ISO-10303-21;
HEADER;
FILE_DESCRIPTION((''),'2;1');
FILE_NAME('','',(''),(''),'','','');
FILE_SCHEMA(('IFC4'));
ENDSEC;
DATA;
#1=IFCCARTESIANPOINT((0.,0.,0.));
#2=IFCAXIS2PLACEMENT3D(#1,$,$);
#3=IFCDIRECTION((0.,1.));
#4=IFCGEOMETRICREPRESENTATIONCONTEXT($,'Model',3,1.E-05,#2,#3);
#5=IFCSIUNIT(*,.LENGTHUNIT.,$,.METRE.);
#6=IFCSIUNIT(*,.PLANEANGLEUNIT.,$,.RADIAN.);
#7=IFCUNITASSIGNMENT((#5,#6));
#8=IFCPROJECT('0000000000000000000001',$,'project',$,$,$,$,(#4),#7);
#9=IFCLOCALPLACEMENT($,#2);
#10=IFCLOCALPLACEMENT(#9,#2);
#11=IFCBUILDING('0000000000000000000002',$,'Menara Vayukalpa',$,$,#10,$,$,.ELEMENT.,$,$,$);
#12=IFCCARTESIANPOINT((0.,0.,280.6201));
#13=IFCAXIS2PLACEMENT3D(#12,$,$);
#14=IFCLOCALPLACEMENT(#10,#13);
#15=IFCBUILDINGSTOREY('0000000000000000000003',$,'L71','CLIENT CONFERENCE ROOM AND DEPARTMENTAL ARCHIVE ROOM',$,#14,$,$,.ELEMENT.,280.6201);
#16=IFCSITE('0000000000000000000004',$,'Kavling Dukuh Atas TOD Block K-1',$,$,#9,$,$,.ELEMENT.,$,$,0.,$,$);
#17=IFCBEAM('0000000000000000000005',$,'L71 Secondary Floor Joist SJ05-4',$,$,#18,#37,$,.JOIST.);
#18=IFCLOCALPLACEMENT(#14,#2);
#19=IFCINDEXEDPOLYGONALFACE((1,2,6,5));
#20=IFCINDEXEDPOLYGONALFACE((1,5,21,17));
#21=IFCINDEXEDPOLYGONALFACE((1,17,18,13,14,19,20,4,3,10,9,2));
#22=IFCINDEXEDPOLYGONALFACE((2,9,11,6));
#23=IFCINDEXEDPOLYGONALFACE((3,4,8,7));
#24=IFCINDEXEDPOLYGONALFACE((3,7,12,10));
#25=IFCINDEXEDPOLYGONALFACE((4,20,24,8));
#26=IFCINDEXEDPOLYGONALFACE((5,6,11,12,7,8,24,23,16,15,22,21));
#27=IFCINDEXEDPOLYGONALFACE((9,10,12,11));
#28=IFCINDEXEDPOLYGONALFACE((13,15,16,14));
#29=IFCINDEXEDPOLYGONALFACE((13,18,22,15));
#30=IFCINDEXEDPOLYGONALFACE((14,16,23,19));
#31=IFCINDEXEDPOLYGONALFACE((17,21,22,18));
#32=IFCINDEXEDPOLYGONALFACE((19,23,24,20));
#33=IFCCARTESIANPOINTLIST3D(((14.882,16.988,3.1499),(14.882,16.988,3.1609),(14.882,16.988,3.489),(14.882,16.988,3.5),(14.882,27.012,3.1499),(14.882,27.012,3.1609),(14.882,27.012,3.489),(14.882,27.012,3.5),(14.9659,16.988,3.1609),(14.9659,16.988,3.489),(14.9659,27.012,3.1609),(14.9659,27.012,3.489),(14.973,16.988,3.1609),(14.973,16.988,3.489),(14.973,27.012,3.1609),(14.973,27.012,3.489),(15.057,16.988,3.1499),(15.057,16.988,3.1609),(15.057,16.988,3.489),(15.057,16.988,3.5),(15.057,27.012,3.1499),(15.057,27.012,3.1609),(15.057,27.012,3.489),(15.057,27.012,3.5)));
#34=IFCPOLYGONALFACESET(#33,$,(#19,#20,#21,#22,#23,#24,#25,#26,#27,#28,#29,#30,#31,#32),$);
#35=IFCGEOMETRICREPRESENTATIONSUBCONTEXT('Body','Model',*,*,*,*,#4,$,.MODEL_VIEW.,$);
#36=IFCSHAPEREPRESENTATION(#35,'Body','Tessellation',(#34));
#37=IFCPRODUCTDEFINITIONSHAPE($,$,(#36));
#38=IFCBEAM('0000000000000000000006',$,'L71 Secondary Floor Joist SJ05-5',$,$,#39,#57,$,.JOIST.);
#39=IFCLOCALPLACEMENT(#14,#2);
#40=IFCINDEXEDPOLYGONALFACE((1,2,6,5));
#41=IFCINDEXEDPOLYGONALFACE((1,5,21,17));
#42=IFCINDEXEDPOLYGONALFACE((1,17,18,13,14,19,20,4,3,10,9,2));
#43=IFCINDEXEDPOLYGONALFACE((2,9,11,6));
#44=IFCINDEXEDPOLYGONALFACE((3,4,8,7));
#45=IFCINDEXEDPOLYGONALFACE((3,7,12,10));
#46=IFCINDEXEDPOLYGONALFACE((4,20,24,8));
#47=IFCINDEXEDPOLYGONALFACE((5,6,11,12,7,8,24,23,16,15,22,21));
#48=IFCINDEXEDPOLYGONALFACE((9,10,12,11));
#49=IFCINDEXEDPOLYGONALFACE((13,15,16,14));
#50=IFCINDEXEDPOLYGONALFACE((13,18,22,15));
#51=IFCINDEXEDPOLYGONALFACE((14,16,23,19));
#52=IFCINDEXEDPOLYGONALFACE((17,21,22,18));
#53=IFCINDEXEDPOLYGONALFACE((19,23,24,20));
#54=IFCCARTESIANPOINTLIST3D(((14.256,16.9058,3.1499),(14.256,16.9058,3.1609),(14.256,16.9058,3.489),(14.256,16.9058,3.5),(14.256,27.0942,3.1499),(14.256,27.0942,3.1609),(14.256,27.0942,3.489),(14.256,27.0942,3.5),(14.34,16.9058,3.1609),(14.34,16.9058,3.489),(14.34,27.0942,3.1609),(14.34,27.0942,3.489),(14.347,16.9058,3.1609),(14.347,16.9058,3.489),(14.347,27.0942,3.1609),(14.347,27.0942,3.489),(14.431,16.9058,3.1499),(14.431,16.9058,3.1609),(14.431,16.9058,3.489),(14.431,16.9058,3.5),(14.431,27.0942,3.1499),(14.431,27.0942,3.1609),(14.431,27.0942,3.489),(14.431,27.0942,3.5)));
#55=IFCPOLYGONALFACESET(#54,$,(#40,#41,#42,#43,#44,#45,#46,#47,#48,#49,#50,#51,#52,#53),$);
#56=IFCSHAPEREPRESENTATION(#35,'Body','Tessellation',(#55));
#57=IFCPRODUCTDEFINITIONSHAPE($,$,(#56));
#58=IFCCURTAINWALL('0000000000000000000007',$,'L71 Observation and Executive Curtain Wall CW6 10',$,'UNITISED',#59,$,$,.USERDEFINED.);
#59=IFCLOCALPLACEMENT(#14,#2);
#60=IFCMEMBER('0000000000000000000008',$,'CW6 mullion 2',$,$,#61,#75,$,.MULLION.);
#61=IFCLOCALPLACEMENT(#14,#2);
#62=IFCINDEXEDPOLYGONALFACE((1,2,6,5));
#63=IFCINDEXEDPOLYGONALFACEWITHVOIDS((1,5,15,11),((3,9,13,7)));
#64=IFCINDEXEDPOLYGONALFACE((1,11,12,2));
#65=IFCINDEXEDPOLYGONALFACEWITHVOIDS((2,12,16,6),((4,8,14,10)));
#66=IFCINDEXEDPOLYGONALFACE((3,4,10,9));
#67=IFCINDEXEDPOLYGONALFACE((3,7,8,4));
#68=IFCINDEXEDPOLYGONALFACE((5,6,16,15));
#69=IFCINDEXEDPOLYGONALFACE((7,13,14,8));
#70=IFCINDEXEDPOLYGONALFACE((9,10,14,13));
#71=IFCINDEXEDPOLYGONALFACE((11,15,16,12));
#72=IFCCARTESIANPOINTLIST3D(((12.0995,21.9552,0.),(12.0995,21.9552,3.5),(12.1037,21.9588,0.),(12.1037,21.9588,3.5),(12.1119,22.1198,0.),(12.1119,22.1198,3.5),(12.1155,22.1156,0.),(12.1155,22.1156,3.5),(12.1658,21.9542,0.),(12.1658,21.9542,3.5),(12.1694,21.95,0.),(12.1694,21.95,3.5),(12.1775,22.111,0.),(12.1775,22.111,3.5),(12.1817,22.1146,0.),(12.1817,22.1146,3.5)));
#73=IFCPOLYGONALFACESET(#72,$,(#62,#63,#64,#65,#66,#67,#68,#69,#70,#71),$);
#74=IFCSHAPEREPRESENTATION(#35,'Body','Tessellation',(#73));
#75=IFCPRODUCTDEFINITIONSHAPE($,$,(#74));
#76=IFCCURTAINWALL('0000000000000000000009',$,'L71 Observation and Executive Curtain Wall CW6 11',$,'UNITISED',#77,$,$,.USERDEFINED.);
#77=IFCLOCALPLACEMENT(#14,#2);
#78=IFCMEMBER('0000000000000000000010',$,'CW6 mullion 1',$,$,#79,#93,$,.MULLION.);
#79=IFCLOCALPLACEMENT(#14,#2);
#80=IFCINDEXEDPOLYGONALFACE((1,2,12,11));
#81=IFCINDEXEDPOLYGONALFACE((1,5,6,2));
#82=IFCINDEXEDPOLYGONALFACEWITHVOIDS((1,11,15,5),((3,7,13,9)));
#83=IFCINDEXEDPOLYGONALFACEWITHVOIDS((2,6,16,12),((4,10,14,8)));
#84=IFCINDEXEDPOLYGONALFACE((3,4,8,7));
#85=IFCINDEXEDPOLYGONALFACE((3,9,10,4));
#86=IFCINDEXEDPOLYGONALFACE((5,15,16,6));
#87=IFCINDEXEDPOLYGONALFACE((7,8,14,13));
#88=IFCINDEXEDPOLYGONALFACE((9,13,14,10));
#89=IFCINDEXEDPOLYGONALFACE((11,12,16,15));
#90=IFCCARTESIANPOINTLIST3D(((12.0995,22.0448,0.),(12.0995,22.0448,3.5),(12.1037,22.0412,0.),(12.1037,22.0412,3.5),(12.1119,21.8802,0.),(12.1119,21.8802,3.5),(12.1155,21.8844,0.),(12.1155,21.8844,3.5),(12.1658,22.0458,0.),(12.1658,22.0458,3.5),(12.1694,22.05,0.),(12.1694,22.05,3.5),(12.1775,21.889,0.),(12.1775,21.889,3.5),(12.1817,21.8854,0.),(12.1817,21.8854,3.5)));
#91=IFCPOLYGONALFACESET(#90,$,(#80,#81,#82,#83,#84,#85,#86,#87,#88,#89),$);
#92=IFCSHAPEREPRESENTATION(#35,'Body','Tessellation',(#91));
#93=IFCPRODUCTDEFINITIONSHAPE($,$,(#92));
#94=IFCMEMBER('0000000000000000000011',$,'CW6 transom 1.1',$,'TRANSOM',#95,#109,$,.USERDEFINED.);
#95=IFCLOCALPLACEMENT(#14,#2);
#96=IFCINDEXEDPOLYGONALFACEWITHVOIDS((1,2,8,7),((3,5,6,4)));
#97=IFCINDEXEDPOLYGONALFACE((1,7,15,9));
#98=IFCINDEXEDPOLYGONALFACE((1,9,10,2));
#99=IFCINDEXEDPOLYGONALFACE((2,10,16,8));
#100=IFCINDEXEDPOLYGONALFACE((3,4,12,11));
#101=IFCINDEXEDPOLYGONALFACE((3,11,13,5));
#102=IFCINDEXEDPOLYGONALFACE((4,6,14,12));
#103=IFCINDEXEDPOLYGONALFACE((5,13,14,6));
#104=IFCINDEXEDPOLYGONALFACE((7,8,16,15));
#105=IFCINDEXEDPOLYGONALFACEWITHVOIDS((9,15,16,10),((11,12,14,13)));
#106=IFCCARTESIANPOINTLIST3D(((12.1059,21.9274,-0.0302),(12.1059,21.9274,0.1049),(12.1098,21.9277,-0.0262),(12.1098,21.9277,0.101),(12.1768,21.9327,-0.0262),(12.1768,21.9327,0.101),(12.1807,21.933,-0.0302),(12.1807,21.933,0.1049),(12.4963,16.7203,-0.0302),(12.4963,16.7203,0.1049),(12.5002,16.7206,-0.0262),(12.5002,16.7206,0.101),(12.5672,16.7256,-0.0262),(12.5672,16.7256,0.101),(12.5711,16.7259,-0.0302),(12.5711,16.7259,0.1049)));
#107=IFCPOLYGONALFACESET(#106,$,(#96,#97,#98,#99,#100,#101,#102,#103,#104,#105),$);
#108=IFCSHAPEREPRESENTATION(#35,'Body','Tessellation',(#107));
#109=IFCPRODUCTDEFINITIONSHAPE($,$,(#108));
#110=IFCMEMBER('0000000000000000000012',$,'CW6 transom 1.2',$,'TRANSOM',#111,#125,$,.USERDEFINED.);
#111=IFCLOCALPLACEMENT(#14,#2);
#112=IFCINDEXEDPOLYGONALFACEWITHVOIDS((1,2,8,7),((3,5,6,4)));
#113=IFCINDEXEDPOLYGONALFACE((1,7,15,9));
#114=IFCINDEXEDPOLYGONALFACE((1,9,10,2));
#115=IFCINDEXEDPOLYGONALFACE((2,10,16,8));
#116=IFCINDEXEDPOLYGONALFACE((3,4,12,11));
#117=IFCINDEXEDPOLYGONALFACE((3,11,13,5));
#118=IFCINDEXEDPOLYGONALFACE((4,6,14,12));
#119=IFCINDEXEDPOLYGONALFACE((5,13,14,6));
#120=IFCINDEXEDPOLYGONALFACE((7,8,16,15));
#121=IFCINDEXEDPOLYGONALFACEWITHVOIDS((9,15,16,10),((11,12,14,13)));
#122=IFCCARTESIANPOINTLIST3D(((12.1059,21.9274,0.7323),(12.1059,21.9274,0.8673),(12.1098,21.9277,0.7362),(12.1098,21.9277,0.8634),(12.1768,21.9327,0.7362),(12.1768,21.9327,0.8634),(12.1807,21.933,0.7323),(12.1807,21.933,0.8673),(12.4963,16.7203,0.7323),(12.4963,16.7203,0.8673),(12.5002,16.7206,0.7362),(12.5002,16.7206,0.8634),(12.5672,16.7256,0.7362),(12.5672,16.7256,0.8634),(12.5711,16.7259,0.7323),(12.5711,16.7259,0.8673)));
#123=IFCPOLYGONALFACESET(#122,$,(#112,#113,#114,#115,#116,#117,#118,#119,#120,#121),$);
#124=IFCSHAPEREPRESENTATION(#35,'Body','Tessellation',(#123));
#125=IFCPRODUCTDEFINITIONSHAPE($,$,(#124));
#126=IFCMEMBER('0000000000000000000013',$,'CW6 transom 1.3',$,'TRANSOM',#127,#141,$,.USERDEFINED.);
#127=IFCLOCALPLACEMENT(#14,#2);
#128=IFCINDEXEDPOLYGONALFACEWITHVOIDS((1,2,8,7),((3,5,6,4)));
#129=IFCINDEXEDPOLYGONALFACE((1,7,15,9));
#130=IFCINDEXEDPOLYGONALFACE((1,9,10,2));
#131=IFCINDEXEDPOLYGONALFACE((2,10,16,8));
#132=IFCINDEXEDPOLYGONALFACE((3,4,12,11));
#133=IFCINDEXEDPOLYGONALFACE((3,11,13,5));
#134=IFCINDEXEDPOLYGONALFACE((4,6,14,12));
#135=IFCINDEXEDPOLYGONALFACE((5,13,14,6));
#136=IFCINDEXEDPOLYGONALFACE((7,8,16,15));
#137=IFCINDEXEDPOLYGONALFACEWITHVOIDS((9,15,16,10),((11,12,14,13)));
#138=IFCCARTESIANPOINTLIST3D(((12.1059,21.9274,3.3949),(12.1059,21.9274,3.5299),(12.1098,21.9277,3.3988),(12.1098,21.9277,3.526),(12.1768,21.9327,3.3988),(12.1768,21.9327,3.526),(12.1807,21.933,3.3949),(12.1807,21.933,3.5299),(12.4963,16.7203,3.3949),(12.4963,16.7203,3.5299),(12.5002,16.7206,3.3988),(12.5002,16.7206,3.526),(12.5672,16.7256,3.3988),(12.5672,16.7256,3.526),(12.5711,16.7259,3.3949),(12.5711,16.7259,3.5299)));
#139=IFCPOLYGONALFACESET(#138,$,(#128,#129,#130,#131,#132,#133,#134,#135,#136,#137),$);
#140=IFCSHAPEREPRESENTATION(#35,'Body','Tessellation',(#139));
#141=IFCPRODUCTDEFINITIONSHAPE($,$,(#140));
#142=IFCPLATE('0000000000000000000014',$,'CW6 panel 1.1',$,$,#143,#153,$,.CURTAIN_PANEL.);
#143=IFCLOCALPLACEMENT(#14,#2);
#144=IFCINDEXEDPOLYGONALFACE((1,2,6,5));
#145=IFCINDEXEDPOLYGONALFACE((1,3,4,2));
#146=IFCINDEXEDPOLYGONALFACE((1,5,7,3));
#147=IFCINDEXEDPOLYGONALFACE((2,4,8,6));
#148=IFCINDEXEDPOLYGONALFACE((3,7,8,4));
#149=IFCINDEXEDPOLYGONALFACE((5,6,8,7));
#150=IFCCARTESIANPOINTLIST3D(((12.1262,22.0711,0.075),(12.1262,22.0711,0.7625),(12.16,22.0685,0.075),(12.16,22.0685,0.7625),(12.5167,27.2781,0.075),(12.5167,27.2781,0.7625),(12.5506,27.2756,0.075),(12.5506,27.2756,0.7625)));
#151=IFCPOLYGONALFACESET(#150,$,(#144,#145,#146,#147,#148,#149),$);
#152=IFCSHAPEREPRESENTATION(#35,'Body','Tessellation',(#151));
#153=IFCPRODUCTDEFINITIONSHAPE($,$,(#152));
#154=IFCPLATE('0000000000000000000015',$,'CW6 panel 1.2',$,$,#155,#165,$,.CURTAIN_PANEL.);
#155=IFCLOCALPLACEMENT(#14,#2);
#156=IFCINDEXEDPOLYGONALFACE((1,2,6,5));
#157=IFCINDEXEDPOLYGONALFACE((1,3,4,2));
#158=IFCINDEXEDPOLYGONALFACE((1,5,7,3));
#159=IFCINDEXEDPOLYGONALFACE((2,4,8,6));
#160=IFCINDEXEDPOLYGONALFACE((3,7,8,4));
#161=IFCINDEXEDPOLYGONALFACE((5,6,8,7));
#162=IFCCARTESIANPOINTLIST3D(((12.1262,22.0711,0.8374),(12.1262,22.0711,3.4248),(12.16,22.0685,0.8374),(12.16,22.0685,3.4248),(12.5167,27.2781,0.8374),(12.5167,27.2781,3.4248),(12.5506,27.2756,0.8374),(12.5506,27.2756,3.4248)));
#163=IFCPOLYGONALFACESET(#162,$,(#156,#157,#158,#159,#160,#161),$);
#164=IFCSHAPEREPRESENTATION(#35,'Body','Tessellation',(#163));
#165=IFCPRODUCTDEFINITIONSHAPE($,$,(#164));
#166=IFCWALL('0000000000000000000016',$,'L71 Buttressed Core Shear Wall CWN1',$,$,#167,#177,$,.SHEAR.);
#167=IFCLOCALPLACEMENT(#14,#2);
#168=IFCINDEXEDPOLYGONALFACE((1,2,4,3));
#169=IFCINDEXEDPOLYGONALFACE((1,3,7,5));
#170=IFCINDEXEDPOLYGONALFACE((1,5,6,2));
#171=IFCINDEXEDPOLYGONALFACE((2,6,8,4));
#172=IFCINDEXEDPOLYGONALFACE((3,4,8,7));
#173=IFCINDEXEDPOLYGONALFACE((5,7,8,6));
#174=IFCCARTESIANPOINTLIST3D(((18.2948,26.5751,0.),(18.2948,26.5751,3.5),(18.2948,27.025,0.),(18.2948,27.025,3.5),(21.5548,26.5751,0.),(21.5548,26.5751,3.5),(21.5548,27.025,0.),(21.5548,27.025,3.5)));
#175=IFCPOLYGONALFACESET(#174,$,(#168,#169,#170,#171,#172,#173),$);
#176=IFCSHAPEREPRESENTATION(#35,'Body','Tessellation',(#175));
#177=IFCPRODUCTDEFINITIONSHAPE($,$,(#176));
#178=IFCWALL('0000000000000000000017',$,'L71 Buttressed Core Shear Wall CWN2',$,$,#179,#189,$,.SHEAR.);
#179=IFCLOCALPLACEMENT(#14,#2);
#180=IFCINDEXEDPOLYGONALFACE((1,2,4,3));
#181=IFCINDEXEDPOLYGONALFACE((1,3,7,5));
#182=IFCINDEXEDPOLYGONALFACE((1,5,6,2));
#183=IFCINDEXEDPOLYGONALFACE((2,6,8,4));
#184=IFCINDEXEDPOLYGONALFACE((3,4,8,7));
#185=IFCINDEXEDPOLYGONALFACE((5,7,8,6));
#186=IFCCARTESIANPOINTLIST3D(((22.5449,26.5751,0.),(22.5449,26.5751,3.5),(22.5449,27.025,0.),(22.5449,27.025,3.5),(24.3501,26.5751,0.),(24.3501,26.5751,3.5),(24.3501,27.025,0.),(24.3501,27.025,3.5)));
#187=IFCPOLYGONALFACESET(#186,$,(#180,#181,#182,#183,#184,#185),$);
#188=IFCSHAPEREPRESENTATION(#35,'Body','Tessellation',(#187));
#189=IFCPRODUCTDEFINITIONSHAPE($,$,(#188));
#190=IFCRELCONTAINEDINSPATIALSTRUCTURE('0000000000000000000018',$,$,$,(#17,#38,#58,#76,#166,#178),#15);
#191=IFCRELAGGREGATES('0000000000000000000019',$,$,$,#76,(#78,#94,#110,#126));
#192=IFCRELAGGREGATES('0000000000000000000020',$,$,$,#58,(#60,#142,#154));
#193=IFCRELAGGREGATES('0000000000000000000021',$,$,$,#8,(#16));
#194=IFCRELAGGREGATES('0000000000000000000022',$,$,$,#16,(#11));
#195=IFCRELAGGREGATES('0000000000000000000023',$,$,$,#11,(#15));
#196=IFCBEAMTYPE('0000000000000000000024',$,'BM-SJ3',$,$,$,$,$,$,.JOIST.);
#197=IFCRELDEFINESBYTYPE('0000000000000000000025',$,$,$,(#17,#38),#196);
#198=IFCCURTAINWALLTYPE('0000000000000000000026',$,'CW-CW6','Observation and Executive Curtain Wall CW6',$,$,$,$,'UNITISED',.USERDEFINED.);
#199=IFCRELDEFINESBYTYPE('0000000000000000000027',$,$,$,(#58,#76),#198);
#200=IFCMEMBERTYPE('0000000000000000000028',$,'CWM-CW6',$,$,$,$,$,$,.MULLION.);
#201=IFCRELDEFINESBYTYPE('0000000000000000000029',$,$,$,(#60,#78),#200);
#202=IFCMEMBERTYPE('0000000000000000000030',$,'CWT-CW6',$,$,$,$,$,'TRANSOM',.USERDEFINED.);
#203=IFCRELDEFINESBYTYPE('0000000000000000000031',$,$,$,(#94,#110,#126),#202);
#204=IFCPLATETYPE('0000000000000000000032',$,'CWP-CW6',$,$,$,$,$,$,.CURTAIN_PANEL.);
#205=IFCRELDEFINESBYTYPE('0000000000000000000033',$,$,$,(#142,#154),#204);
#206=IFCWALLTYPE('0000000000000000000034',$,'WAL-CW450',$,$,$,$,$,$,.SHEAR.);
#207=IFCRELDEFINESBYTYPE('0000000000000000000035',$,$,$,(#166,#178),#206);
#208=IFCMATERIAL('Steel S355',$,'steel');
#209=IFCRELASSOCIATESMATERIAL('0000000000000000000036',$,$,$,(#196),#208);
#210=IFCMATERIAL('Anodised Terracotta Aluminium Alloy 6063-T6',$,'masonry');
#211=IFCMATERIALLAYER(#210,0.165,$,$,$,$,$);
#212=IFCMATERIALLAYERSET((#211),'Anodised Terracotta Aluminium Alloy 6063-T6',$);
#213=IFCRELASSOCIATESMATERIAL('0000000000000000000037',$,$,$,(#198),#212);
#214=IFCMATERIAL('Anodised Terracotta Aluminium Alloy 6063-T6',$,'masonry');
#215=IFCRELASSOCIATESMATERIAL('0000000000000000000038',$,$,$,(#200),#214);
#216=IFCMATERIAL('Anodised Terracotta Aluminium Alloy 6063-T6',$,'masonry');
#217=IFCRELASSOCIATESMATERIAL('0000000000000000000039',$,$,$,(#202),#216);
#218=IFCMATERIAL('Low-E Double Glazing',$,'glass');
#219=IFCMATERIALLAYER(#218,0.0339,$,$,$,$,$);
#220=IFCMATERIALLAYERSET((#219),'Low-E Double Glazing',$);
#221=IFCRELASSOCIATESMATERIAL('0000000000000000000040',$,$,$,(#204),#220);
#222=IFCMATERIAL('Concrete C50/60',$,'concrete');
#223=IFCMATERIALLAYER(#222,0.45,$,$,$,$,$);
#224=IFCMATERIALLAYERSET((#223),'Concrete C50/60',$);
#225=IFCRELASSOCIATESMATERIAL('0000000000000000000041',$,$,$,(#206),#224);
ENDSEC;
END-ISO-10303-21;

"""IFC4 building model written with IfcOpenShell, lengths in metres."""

from ifc_helpers import new_model, si_unit, direction, frame, frame_2d, origin, origin_2d, place, context, subcontext, project, spatial, rectangle, hollow_rectangle, i_section, extrude, material, layer, layer_set, material_profile, profile_set, type_object, element, aggregate, save


model = new_model("IFC4")

# Units and contexts
model_context = context("Model", 3, precision=1e-05, world=origin(), true_north=direction((0.0, 1.0)))
body_context = subcontext(model_context, "Body", "Model", "MODEL_VIEW")
ifc_project = project(units=[si_unit("LENGTHUNIT", "METRE"), si_unit("PLANEANGLEUNIT", "RADIAN")], contexts=[model_context])

# Site, building, storey
site_placement = place(None, origin())
site = spatial("IfcSite", under=ifc_project, at=site_placement, Name="Kavling Dukuh Atas TOD Block K-1", CompositionType="ELEMENT", RefElevation=0.0)
building_placement = place(site_placement, origin())
building = spatial("IfcBuilding", under=site, at=building_placement, Name="Menara Vayukalpa", CompositionType="ELEMENT")
storey_placement = place(building_placement, frame((0.0, 0.0, 280.6201)))
storey = spatial("IfcBuildingStorey", under=building, at=storey_placement, Name="L71", Description="CLIENT CONFERENCE ROOM AND DEPARTMENTAL ARCHIVE ROOM", CompositionType="ELEMENT", Elevation=280.6201)

# Beams
ifc_material_1 = material(Name="Steel S355", Category="steel")
ifc_material_profile_1 = material_profile(ifc_material_1, i_section(OverallWidth=0.175, OverallDepth=0.3501, WebThickness=0.0071, FlangeThickness=0.011, at=origin_2d()), Name="WF 350x175x7x11")
ifc_profile_set_1 = profile_set([ifc_material_profile_1], Name="Steel S355")
beam_type_1 = type_object("IfcBeamType", Name="BM-SJ3", PredefinedType="JOIST", material=ifc_profile_set_1)
beam_1_placement = place(storey_placement, frame((14.9695, 27.012, 3.325), z_axis=(0.0, -1.0, 0.0), x_axis=(1.0, 0.0, 0.0)))
element("IfcBeam", 1, at=beam_1_placement, inside=storey, type_object=beam_type_1, Name="L71 Secondary Floor Joist SJ05-4", PredefinedType="JOIST", context=body_context, shape_type="SweptSolid", body=[
    extrude(i_section(OverallWidth=0.175, OverallDepth=0.3501, WebThickness=0.0071, FlangeThickness=0.011, at=origin_2d()), origin(), (0.0, 0.0, 1.0), 10.0239),
])
beam_2_placement = place(storey_placement, frame((14.3435, 27.0942, 3.325), z_axis=(0.0, -1.0, 0.0), x_axis=(1.0, 0.0, 0.0)))
element("IfcBeam", 2, at=beam_2_placement, inside=storey, type_object=beam_type_1, Name="L71 Secondary Floor Joist SJ05-5", PredefinedType="JOIST", context=body_context, shape_type="SweptSolid", body=[
    extrude(i_section(OverallWidth=0.175, OverallDepth=0.3501, WebThickness=0.0071, FlangeThickness=0.011, at=origin_2d()), origin(), (0.0, 0.0, 1.0), 10.1885),
])

# Curtain wall, member
ifc_material_2 = material(Name="Anodised Terracotta Aluminium Alloy 6063-T6", Category="masonry")
ifc_layer_1 = layer(ifc_material_2, 0.165)
ifc_layer_set_1 = layer_set([ifc_layer_1], Name="Anodised Terracotta Aluminium Alloy 6063-T6")
curtain_wall_type = type_object("IfcCurtainWallType", Name="CW-CW6", Description="Observation and Executive Curtain Wall CW6", ElementType="UNITISED", PredefinedType="USERDEFINED", material=ifc_layer_set_1)
curtain_wall_1_placement = place(storey_placement, origin())
curtain_wall_1 = element("IfcCurtainWall", 3, at=curtain_wall_1_placement, inside=storey, type_object=curtain_wall_type, Name="L71 Observation and Executive Curtain Wall CW6 10", ObjectType="UNITISED", PredefinedType="USERDEFINED")
ifc_material_3 = material(Name="Anodised Terracotta Aluminium Alloy 6063-T6", Category="masonry")
ifc_material_profile_2 = material_profile(ifc_material_3, hollow_rectangle(XDim=0.0701, YDim=0.165, WallThickness=0.0039, at=origin_2d()), Name="ALU 70x165x4")
ifc_profile_set_2 = profile_set([ifc_material_profile_2], Name="Anodised Terracotta Aluminium Alloy 6063-T6")
member_type_1 = type_object("IfcMemberType", Name="CWM-CW6", PredefinedType="MULLION", material=ifc_profile_set_2)
member_1_placement = place(storey_placement, frame((12.1406, 22.0349, 0.0), z_axis=(0.0, 0.0, 1.0), x_axis=(0.997199, -0.074789, 0.0)))
member_1 = element("IfcMember", 4, at=member_1_placement, type_object=member_type_1, Name="CW6 mullion 2", PredefinedType="MULLION", context=body_context, shape_type="SweptSolid", body=[
    extrude(hollow_rectangle(XDim=0.0701, YDim=0.165, WallThickness=0.0039, at=origin_2d()), origin(), (0.0, 0.0, 1.0), 3.5),
])

# Curtain wall, members
curtain_wall_2_placement = place(storey_placement, origin())
curtain_wall_2 = element("IfcCurtainWall", 5, at=curtain_wall_2_placement, inside=storey, type_object=curtain_wall_type, Name="L71 Observation and Executive Curtain Wall CW6 11", ObjectType="UNITISED", PredefinedType="USERDEFINED")
member_2_placement = place(storey_placement, frame((12.1406, 21.9651, 0.0), z_axis=(0.0, 0.0, 1.0), x_axis=(0.997199, 0.074789, 0.0)))
member_2 = element("IfcMember", 6, at=member_2_placement, type_object=member_type_1, Name="CW6 mullion 1", PredefinedType="MULLION", context=body_context, shape_type="SweptSolid", body=[
    extrude(hollow_rectangle(XDim=0.0701, YDim=0.165, WallThickness=0.0039, at=origin_2d()), origin(), (0.0, 0.0, 1.0), 3.5),
])
ifc_material_4 = material(Name="Anodised Terracotta Aluminium Alloy 6063-T6", Category="masonry")
ifc_material_profile_3 = material_profile(ifc_material_4, hollow_rectangle(XDim=0.075, YDim=0.135, WallThickness=0.0039, at=origin_2d()), Name="ALU 75x135x4")
ifc_profile_set_3 = profile_set([ifc_material_profile_3], Name="Anodised Terracotta Aluminium Alloy 6063-T6")
member_type_2 = type_object("IfcMemberType", Name="CWT-CW6", ElementType="TRANSOM", PredefinedType="USERDEFINED", material=ifc_profile_set_3)
member_3_placement = place(storey_placement, frame((12.1433, 21.9302, 0.0374), z_axis=(0.074762, -0.997201, 0.0), x_axis=(0.997201, 0.074762, 0.0)))
member_3 = element("IfcMember", 7, at=member_3_placement, type_object=member_type_2, Name="CW6 transom 1.1", ObjectType="TRANSOM", PredefinedType="USERDEFINED", context=body_context, shape_type="SweptSolid", body=[
    extrude(hollow_rectangle(XDim=0.075, YDim=0.135, WallThickness=0.0039, at=origin_2d()), origin(), (0.0, 0.0, 1.0), 5.2217),
])
member_4_placement = place(storey_placement, frame((12.1433, 21.9302, 0.7998), z_axis=(0.074762, -0.997201, 0.0), x_axis=(0.997201, 0.074762, 0.0)))
member_4 = element("IfcMember", 8, at=member_4_placement, type_object=member_type_2, Name="CW6 transom 1.2", ObjectType="TRANSOM", PredefinedType="USERDEFINED", context=body_context, shape_type="SweptSolid", body=[
    extrude(hollow_rectangle(XDim=0.075, YDim=0.135, WallThickness=0.0039, at=origin_2d()), origin(), (0.0, 0.0, 1.0), 5.2217),
])
member_5_placement = place(storey_placement, frame((12.1433, 21.9302, 3.4624), z_axis=(0.074762, -0.997201, 0.0), x_axis=(0.997201, 0.074762, 0.0)))
member_5 = element("IfcMember", 9, at=member_5_placement, type_object=member_type_2, Name="CW6 transom 1.3", ObjectType="TRANSOM", PredefinedType="USERDEFINED", context=body_context, shape_type="SweptSolid", body=[
    extrude(hollow_rectangle(XDim=0.075, YDim=0.135, WallThickness=0.0039, at=origin_2d()), origin(), (0.0, 0.0, 1.0), 5.2217),
])
aggregate(curtain_wall_2, [member_2, member_3, member_4, member_5])

# Plates
ifc_material_5 = material(Name="Low-E Double Glazing", Category="glass")
ifc_layer_2 = layer(ifc_material_5, 0.0339)
ifc_layer_set_2 = layer_set([ifc_layer_2], Name="Low-E Double Glazing")
plate_type = type_object("IfcPlateType", Name="CWP-CW6", PredefinedType="CURTAIN_PANEL", material=ifc_layer_set_2)
plate_1_placement = place(storey_placement, frame((12.3384, 24.6733, 0.075), z_axis=(0.0, 0.0, 1.0), x_axis=(-0.074789, -0.997199, 0.0)))
plate_1 = element("IfcPlate", 10, at=plate_1_placement, type_object=plate_type, Name="CW6 panel 1.1", PredefinedType="CURTAIN_PANEL", context=body_context, shape_type="SweptSolid", body=[
    extrude(rectangle(XDim=5.2217, YDim=0.0339, at=origin_2d()), origin(), (0.0, 0.0, 1.0), 0.6875),
])
plate_2_placement = place(storey_placement, frame((12.3384, 24.6733, 0.8374), z_axis=(0.0, 0.0, 1.0), x_axis=(-0.074789, -0.997199, 0.0)))
plate_2 = element("IfcPlate", 11, at=plate_2_placement, type_object=plate_type, Name="CW6 panel 1.2", PredefinedType="CURTAIN_PANEL", context=body_context, shape_type="SweptSolid", body=[
    extrude(rectangle(XDim=5.2217, YDim=0.0339, at=origin_2d()), origin(), (0.0, 0.0, 1.0), 2.5874),
])
aggregate(curtain_wall_1, [member_1, plate_1, plate_2])

# Walls
ifc_material_6 = material(Name="Concrete C50/60", Category="concrete")
ifc_layer_3 = layer(ifc_material_6, 0.45)
ifc_layer_set_3 = layer_set([ifc_layer_3], Name="Concrete C50/60")
wall_type_1 = type_object("IfcWallType", Name="WAL-CW450", PredefinedType="SHEAR", material=ifc_layer_set_3)
wall_1_placement = place(storey_placement, frame((18.2949, 26.8, 0.0), z_axis=(0.0, 0.0, 1.0), x_axis=(1.0, 0.0, 0.0)))
element("IfcWall", 12, at=wall_1_placement, inside=storey, type_object=wall_type_1, Name="L71 Buttressed Core Shear Wall CWN1", PredefinedType="SHEAR", context=body_context, shape_type="SweptSolid", body=[
    extrude(rectangle(XDim=3.26, YDim=0.45, at=frame_2d((1.6299, 0.0))), origin(), (0.0, 0.0, 1.0), 3.5),
])
wall_2_placement = place(storey_placement, frame((22.5449, 26.8, 0.0), z_axis=(0.0, 0.0, 1.0), x_axis=(1.0, 0.0, 0.0)))
element("IfcWall", 13, at=wall_2_placement, inside=storey, type_object=wall_type_1, Name="L71 Buttressed Core Shear Wall CWN2", PredefinedType="SHEAR", context=body_context, shape_type="SweptSolid", body=[
    extrude(rectangle(XDim=1.8052, YDim=0.45, at=frame_2d((0.9026, 0.0))), origin(), (0.0, 0.0, 1.0), 3.5),
])

save(model, "model.ifc")
